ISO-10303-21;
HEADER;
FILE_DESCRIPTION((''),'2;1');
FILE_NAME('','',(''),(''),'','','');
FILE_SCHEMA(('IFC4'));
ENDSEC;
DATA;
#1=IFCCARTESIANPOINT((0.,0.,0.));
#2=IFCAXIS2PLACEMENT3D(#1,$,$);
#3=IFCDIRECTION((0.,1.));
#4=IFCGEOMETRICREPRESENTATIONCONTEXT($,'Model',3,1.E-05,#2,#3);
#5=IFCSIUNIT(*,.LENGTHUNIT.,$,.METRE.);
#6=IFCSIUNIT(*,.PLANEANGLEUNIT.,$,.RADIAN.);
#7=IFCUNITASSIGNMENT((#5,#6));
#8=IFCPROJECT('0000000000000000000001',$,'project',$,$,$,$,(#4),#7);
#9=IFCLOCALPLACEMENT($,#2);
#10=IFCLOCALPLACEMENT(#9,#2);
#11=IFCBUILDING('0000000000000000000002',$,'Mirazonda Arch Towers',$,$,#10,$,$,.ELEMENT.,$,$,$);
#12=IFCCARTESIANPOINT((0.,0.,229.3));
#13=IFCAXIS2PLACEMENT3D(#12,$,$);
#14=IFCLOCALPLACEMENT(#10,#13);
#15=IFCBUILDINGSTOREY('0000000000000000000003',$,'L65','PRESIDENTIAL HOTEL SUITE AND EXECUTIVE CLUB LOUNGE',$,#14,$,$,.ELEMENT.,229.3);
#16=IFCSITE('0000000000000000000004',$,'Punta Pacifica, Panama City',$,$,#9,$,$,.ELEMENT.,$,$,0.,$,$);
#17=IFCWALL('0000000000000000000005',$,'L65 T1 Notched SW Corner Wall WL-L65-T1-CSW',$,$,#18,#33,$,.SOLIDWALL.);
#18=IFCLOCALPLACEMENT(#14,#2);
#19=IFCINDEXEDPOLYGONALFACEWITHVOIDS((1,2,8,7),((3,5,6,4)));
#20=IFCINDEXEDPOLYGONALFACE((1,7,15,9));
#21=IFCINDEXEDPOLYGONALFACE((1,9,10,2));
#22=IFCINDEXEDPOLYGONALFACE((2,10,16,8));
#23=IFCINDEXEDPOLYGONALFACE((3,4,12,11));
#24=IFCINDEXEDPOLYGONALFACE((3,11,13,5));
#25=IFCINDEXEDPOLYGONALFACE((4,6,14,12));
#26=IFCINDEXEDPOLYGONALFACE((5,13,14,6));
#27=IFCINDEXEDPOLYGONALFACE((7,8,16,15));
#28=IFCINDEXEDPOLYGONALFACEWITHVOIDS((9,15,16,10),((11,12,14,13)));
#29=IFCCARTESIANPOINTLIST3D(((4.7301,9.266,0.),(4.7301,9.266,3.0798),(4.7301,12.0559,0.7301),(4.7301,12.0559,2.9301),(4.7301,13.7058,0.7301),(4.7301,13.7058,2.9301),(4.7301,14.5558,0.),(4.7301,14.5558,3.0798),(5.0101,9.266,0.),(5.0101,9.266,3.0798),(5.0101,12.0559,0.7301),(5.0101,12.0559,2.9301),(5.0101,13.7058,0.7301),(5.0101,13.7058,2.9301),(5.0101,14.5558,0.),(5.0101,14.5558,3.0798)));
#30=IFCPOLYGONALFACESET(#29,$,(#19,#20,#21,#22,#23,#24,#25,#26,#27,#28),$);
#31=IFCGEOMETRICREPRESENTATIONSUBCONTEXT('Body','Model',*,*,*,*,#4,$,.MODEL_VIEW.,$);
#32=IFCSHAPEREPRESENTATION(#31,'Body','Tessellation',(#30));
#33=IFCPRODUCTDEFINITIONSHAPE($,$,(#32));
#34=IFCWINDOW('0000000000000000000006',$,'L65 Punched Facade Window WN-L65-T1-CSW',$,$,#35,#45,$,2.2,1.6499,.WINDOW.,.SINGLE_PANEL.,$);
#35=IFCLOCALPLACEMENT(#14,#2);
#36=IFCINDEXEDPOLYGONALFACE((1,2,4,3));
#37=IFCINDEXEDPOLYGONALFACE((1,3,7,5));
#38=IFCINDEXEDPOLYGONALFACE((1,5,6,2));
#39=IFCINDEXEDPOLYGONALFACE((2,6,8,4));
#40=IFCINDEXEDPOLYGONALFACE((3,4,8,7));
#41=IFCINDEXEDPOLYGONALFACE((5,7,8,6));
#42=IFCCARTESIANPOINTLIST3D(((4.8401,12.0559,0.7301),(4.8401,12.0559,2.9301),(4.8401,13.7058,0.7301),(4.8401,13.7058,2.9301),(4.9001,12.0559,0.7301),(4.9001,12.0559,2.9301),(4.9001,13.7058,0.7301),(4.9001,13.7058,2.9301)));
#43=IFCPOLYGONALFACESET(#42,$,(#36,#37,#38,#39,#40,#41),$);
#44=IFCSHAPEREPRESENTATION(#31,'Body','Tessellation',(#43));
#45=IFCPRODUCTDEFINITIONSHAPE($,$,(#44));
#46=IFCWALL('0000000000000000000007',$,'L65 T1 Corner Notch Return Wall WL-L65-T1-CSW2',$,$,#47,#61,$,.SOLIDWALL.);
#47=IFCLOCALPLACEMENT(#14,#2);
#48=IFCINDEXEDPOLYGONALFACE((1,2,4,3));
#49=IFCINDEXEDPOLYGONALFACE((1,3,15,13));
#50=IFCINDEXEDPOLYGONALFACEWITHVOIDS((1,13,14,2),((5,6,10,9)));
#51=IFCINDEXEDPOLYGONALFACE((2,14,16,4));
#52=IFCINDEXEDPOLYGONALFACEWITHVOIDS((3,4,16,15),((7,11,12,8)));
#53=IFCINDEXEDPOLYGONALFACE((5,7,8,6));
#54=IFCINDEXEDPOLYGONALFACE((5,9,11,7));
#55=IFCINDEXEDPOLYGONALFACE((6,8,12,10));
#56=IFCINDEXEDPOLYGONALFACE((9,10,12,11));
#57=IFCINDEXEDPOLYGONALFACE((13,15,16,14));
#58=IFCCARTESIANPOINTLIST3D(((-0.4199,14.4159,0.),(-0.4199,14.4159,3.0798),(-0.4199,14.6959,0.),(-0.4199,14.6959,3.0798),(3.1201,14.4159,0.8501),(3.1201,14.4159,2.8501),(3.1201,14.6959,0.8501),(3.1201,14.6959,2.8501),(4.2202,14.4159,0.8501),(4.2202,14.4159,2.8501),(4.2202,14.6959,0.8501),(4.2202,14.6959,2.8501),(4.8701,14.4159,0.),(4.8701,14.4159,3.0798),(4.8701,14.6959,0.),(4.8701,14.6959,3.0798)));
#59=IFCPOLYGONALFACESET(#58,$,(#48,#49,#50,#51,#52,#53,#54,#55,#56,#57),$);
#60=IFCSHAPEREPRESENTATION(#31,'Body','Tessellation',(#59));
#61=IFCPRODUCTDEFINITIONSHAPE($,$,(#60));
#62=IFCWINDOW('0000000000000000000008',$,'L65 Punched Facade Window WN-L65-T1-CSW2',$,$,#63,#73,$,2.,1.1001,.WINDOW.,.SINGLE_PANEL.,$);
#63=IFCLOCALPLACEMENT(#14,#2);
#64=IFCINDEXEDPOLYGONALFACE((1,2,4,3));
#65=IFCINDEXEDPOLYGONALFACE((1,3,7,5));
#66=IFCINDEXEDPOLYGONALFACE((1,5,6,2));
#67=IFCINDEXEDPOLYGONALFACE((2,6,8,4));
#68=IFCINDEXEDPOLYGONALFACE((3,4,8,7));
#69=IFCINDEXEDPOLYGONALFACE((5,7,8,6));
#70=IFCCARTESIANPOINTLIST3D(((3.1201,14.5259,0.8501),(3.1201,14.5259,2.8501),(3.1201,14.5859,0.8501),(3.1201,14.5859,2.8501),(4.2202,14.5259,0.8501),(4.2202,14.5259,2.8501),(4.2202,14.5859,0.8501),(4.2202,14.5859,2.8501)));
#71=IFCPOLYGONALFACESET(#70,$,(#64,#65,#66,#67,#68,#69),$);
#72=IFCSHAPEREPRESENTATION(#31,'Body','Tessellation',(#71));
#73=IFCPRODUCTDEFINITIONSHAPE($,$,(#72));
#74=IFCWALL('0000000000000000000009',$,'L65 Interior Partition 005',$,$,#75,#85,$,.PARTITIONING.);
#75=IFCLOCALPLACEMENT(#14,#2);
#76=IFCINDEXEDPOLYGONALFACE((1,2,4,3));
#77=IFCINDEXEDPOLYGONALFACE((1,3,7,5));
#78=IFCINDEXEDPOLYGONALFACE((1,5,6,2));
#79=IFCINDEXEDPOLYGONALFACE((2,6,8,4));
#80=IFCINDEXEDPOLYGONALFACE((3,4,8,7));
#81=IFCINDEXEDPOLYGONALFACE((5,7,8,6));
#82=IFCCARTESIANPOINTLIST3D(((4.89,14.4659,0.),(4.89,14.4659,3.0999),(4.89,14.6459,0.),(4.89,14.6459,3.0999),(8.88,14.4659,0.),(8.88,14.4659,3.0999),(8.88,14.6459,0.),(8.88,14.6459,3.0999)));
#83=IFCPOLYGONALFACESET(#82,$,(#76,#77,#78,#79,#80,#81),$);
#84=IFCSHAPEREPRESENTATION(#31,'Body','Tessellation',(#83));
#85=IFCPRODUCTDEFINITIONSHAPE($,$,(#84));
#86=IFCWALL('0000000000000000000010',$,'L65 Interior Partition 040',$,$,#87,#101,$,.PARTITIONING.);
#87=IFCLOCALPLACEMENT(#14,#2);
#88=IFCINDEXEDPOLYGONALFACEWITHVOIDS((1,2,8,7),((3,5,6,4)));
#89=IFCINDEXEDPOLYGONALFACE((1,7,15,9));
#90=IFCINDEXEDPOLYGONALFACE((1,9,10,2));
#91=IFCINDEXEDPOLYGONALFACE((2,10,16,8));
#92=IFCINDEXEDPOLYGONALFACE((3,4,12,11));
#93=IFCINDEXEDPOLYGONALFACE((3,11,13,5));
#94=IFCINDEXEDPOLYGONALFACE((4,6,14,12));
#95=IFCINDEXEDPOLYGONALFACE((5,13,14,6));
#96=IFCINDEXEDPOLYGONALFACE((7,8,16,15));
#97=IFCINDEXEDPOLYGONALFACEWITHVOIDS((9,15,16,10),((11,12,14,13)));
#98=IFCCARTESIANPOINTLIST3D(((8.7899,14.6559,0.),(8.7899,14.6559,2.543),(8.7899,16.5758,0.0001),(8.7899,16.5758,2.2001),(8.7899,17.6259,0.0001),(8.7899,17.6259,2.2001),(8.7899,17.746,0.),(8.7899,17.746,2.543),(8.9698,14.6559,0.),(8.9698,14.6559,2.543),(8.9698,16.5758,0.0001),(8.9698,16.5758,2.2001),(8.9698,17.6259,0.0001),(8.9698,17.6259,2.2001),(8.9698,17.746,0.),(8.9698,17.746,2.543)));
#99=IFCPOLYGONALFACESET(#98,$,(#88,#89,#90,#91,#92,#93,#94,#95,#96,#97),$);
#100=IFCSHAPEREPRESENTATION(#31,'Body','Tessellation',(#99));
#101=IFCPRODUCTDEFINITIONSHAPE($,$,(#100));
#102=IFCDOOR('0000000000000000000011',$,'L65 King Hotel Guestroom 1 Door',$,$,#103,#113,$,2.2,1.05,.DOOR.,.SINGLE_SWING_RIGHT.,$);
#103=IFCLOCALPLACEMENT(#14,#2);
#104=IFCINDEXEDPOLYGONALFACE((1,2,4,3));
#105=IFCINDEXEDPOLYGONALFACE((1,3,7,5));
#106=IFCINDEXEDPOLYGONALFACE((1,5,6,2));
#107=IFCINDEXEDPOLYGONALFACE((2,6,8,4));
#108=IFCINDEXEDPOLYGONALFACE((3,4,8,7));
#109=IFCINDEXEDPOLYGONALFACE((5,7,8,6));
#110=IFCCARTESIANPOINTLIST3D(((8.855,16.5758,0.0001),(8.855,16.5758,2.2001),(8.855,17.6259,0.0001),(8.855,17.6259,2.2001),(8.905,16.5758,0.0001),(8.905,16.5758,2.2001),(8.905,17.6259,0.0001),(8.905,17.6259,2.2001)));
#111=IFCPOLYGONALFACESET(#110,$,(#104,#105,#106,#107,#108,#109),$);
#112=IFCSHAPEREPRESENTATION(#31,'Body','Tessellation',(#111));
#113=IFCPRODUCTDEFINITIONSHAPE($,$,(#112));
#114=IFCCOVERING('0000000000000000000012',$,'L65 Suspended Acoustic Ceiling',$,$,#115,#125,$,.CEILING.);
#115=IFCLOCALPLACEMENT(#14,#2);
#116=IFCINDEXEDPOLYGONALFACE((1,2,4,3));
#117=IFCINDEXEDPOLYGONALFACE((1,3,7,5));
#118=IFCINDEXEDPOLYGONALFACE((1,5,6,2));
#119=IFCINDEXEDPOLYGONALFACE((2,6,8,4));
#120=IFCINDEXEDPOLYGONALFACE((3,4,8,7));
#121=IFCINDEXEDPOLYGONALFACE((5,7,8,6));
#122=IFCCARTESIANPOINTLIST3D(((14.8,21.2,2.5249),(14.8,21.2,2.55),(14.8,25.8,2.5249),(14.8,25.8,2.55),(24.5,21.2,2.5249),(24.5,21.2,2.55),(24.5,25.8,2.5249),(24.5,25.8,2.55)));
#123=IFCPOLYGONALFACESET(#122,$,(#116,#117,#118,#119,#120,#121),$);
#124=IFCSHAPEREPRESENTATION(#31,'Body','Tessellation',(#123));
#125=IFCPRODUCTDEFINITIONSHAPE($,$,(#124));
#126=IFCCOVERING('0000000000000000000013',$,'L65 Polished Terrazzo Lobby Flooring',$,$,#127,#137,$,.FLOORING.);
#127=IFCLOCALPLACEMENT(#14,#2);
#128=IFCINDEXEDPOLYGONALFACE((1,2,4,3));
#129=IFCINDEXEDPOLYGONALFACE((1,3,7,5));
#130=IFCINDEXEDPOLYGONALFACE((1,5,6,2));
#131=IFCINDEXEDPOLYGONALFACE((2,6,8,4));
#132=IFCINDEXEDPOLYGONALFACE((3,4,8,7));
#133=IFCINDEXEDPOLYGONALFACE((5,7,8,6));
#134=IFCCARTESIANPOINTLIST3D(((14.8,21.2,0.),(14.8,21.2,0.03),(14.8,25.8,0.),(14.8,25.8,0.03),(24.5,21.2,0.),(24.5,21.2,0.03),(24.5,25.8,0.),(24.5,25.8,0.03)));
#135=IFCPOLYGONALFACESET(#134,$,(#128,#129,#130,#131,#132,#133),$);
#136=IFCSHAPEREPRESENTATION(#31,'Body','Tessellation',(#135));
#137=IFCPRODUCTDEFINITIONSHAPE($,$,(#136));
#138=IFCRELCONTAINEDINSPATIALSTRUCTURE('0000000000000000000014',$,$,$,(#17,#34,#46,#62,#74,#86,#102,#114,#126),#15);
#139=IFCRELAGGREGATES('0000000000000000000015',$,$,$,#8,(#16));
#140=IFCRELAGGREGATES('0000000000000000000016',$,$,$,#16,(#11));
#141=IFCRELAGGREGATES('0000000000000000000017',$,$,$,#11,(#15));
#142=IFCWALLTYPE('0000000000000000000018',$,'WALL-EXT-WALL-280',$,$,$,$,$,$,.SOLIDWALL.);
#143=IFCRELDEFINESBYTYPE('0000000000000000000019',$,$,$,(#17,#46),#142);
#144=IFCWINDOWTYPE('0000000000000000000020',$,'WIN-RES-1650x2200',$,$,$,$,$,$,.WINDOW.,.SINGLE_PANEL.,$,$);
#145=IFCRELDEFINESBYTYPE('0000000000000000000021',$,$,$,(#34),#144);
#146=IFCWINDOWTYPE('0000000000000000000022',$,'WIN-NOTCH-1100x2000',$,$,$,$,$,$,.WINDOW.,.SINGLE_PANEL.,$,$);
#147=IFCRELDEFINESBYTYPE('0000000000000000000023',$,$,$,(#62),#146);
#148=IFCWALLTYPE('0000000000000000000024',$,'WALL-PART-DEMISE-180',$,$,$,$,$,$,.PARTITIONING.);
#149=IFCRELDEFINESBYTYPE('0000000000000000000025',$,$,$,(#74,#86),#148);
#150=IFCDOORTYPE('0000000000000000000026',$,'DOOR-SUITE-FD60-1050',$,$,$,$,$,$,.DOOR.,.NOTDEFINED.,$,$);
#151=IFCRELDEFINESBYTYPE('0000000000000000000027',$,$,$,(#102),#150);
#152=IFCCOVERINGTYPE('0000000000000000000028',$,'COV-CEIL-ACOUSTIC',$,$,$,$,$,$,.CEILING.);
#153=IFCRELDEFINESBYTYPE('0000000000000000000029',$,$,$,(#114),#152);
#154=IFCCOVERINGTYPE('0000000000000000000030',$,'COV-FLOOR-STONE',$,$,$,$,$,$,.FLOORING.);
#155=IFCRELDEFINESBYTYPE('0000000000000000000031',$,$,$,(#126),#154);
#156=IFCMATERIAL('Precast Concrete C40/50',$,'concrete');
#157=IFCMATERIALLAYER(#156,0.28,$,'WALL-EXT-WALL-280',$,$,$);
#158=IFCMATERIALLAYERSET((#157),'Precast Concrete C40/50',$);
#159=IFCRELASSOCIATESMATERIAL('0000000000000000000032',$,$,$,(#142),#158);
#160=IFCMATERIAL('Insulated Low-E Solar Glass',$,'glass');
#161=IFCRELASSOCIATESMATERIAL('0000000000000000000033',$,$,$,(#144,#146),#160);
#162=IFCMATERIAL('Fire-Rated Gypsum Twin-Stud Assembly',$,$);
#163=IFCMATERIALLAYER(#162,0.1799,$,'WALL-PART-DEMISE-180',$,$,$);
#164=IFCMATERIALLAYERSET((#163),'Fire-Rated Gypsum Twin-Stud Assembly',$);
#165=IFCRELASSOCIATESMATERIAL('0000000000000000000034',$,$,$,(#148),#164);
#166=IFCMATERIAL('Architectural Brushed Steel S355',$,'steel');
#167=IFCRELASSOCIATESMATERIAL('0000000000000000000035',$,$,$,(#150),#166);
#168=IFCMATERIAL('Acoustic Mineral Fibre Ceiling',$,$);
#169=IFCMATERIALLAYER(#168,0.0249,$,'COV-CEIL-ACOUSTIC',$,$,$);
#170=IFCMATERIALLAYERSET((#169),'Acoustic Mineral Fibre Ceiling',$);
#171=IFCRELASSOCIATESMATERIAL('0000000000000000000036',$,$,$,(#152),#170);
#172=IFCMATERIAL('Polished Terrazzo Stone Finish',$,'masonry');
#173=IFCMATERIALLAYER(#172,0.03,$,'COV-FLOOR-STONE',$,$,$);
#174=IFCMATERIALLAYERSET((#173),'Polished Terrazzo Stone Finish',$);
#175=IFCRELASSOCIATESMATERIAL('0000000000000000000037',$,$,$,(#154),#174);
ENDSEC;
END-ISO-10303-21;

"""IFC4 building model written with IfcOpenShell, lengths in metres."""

from ifc_helpers import new_model, si_unit, direction, frame, frame_2d, origin, place, context, subcontext, project, spatial, polyline, rectangle, outline, extrude, material, layer, layer_set, type_object, element, fill, save


model = new_model("IFC4")

# Units and contexts
model_context = context("Model", 3, precision=1e-05, world=origin(), true_north=direction((0.0, 1.0)))
body_context = subcontext(model_context, "Body", "Model", "MODEL_VIEW")
ifc_project = project(units=[si_unit("LENGTHUNIT", "METRE"), si_unit("PLANEANGLEUNIT", "RADIAN")], contexts=[model_context])

# Site, building, storey
site_placement = place(None, origin())
site = spatial("IfcSite", under=ifc_project, at=site_placement, Name="Punta Pacifica, Panama City", CompositionType="ELEMENT", RefElevation=0.0)
building_placement = place(site_placement, origin())
building = spatial("IfcBuilding", under=site, at=building_placement, Name="Mirazonda Arch Towers", CompositionType="ELEMENT")
storey_placement = place(building_placement, frame((0.0, 0.0, 229.3)))
storey = spatial("IfcBuildingStorey", under=building, at=storey_placement, Name="L65", Description="PRESIDENTIAL HOTEL SUITE AND EXECUTIVE CLUB LOUNGE", CompositionType="ELEMENT", Elevation=229.3)

# Shared definitions
ifc_material_1 = material(Name="Insulated Low-E Solar Glass", Category="glass")

# Walls, openings, windows
ifc_material_2 = material(Name="Precast Concrete C40/50", Category="concrete")
ifc_layer_1 = layer(ifc_material_2, 0.28, Name="WALL-EXT-WALL-280")
ifc_layer_set_1 = layer_set([ifc_layer_1], Name="Precast Concrete C40/50")
wall_type_1 = type_object("IfcWallType", Name="WALL-EXT-WALL-280", PredefinedType="SOLIDWALL", material=ifc_layer_set_1)
wall_1_placement = place(storey_placement, frame((4.8701, 14.5559, 0.0), z_axis=(0.0, 0.0, 1.0), x_axis=(0.0, -1.0, 0.0)))
wall_1 = element("IfcWall", 1, at=wall_1_placement, inside=storey, type_object=wall_type_1, Name="L65 T1 Notched SW Corner Wall WL-L65-T1-CSW", PredefinedType="SOLIDWALL", context=body_context, shape_type="SweptSolid", body=[
    extrude(rectangle(XDim=5.2898, YDim=0.28, at=frame_2d((2.645, 0.0))), origin(), (0.0, 0.0, 1.0), 3.0798),
])
opening_1_placement = place(wall_1_placement, frame((0.8501, 0.0, 0.73)))
opening_1 = element("IfcOpeningElement", 2, at=opening_1_placement, cuts=wall_1, PredefinedType="OPENING", context=body_context, shape_type="SweptSolid", body=[
    extrude(rectangle(XDim=1.6499, YDim=2.2, at=frame_2d((0.825, 1.1001))), frame((0.0, 0.1499, 0.0), z_axis=(0.0, -1.0, 0.0), x_axis=(1.0, 0.0, 0.0)), (0.0, 0.0, 1.0), 0.3),
])
window_type_1 = type_object("IfcWindowType", Name="WIN-RES-1650x2200", PartitioningType="SINGLE_PANEL", PredefinedType="WINDOW", material=ifc_material_1)
window_1_placement = place(opening_1_placement, origin())
window_1 = element("IfcWindow", 3, at=window_1_placement, inside=storey, type_object=window_type_1, Name="L65 Punched Facade Window WN-L65-T1-CSW", OverallHeight=2.2, OverallWidth=1.6499, PartitioningType="SINGLE_PANEL", PredefinedType="WINDOW", context=body_context, shape_type="SweptSolid", body=[
    extrude(rectangle(XDim=1.6499, YDim=2.2, at=frame_2d((0.825, 1.1001))), frame((0.0, 0.03, 0.0), z_axis=(0.0, -1.0, 0.0), x_axis=(1.0, 0.0, 0.0)), (0.0, 0.0, 1.0), 0.0601),
])
fill(opening_1, window_1)
wall_2_placement = place(storey_placement, frame((-0.4199, 14.5559, 0.0), z_axis=(0.0, 0.0, 1.0), x_axis=(1.0, 0.0, 0.0)))
wall_2 = element("IfcWall", 4, at=wall_2_placement, inside=storey, type_object=wall_type_1, Name="L65 T1 Corner Notch Return Wall WL-L65-T1-CSW2", PredefinedType="SOLIDWALL", context=body_context, shape_type="SweptSolid", body=[
    extrude(rectangle(XDim=5.29, YDim=0.28, at=frame_2d((2.645, 0.0))), origin(), (0.0, 0.0, 1.0), 3.0798),
])
opening_2_placement = place(wall_2_placement, frame((3.54, 0.0, 0.8501)))
opening_2 = element("IfcOpeningElement", 5, at=opening_2_placement, cuts=wall_2, PredefinedType="OPENING", context=body_context, shape_type="SweptSolid", body=[
    extrude(rectangle(XDim=1.1001, YDim=2.0, at=frame_2d((0.55, 1.0))), frame((0.0, 0.1499, 0.0), z_axis=(0.0, -1.0, 0.0), x_axis=(1.0, 0.0, 0.0)), (0.0, 0.0, 1.0), 0.3),
])
window_type_2 = type_object("IfcWindowType", Name="WIN-NOTCH-1100x2000", PartitioningType="SINGLE_PANEL", PredefinedType="WINDOW", material=ifc_material_1)
window_2_placement = place(opening_2_placement, origin())
window_2 = element("IfcWindow", 6, at=window_2_placement, inside=storey, type_object=window_type_2, Name="L65 Punched Facade Window WN-L65-T1-CSW2", OverallHeight=2.0, OverallWidth=1.1001, PartitioningType="SINGLE_PANEL", PredefinedType="WINDOW", context=body_context, shape_type="SweptSolid", body=[
    extrude(rectangle(XDim=1.1001, YDim=2.0, at=frame_2d((0.55, 1.0))), frame((0.0, 0.03, 0.0), z_axis=(0.0, -1.0, 0.0), x_axis=(1.0, 0.0, 0.0)), (0.0, 0.0, 1.0), 0.0601),
])
fill(opening_2, window_2)

# Wall
ifc_material_3 = material(Name="Fire-Rated Gypsum Twin-Stud Assembly")
ifc_layer_2 = layer(ifc_material_3, 0.1799, Name="WALL-PART-DEMISE-180")
ifc_layer_set_2 = layer_set([ifc_layer_2], Name="Fire-Rated Gypsum Twin-Stud Assembly")
wall_type_2 = type_object("IfcWallType", Name="WALL-PART-DEMISE-180", PredefinedType="PARTITIONING", material=ifc_layer_set_2)
wall_3_placement = place(storey_placement, frame((4.8899, 14.5559, 0.0), z_axis=(0.0, 0.0, 1.0), x_axis=(1.0, 0.0, 0.0)))
element("IfcWall", 7, at=wall_3_placement, inside=storey, type_object=wall_type_2, Name="L65 Interior Partition 005", PredefinedType="PARTITIONING", context=body_context, shape_type="SweptSolid", body=[
    extrude(rectangle(XDim=3.99, YDim=0.1799, at=frame_2d((1.9951, 0.0))), origin(), (0.0, 0.0, 1.0), 3.0999),
])

# Wall, opening, door
ifc_material_4 = material(Name="Architectural Brushed Steel S355", Category="steel")
wall_4_placement = place(storey_placement, frame((8.8799, 14.656, 0.0), z_axis=(0.0, 0.0, 1.0), x_axis=(0.0, 1.0, 0.0)))
wall_4 = element("IfcWall", 8, at=wall_4_placement, inside=storey, type_object=wall_type_2, Name="L65 Interior Partition 040", PredefinedType="PARTITIONING", context=body_context, shape_type="SweptSolid", body=[
    extrude(rectangle(XDim=3.0901, YDim=0.1799, at=frame_2d((1.5449, 0.0))), origin(), (0.0, 0.0, 1.0), 2.543),
])
opening_3_placement = place(wall_4_placement, frame((1.9199, 0.0, 0.0)))
opening_3 = element("IfcOpeningElement", 9, at=opening_3_placement, cuts=wall_4, PredefinedType="OPENING", context=body_context, shape_type="SweptSolid", body=[
    extrude(rectangle(XDim=1.05, YDim=2.2, at=frame_2d((0.5249, 1.1001))), frame((0.0, 0.0999, 0.0), z_axis=(0.0, -1.0, 0.0), x_axis=(1.0, 0.0, 0.0)), (0.0, 0.0, 1.0), 0.2),
])
door_type_1 = type_object("IfcDoorType", Name="DOOR-SUITE-FD60-1050", OperationType="NOTDEFINED", PredefinedType="DOOR", material=ifc_material_4)
door_1_placement = place(opening_3_placement, origin())
door_1 = element("IfcDoor", 10, at=door_1_placement, inside=storey, type_object=door_type_1, Name="L65 King Hotel Guestroom 1 Door", OperationType="SINGLE_SWING_RIGHT", OverallHeight=2.2, OverallWidth=1.05, PredefinedType="DOOR", context=body_context, shape_type="SweptSolid", body=[
    extrude(rectangle(XDim=1.05, YDim=2.2, at=frame_2d((0.5249, 1.1001))), frame((0.0, 0.0249, 0.0), z_axis=(0.0, -1.0, 0.0), x_axis=(1.0, 0.0, 0.0)), (0.0, 0.0, 1.0), 0.05),
])
fill(opening_3, door_1)

# Coverings
ifc_material_5 = material(Name="Acoustic Mineral Fibre Ceiling")
ifc_layer_3 = layer(ifc_material_5, 0.0249, Name="COV-CEIL-ACOUSTIC")
ifc_layer_set_3 = layer_set([ifc_layer_3], Name="Acoustic Mineral Fibre Ceiling")
covering_type_1 = type_object("IfcCoveringType", Name="COV-CEIL-ACOUSTIC", PredefinedType="CEILING", material=ifc_layer_set_3)
covering_1_placement = place(storey_placement, frame((0.0, 0.0, 2.5249)))
element("IfcCovering", 11, at=covering_1_placement, inside=storey, type_object=covering_type_1, Name="L65 Suspended Acoustic Ceiling", PredefinedType="CEILING", context=body_context, shape_type="SweptSolid", body=[
    extrude(outline(polyline([(14.8, 21.2), (24.5, 21.2), (24.5, 25.8), (14.8, 25.8), (14.8, 21.2)])), origin(), (0.0, 0.0, 1.0), 0.0251),
])
ifc_material_6 = material(Name="Polished Terrazzo Stone Finish", Category="masonry")
ifc_layer_4 = layer(ifc_material_6, 0.03, Name="COV-FLOOR-STONE")
ifc_layer_set_4 = layer_set([ifc_layer_4], Name="Polished Terrazzo Stone Finish")
covering_type_2 = type_object("IfcCoveringType", Name="COV-FLOOR-STONE", PredefinedType="FLOORING", material=ifc_layer_set_4)
covering_2_placement = place(storey_placement, origin())
element("IfcCovering", 12, at=covering_2_placement, inside=storey, type_object=covering_type_2, Name="L65 Polished Terrazzo Lobby Flooring", PredefinedType="FLOORING", context=body_context, shape_type="SweptSolid", body=[
    extrude(outline(polyline([(14.8, 21.2), (24.5, 21.2), (24.5, 25.8), (14.8, 25.8), (14.8, 21.2)])), origin(), (0.0, 0.0, 1.0), 0.03),
])

save(model, "model.ifc")
